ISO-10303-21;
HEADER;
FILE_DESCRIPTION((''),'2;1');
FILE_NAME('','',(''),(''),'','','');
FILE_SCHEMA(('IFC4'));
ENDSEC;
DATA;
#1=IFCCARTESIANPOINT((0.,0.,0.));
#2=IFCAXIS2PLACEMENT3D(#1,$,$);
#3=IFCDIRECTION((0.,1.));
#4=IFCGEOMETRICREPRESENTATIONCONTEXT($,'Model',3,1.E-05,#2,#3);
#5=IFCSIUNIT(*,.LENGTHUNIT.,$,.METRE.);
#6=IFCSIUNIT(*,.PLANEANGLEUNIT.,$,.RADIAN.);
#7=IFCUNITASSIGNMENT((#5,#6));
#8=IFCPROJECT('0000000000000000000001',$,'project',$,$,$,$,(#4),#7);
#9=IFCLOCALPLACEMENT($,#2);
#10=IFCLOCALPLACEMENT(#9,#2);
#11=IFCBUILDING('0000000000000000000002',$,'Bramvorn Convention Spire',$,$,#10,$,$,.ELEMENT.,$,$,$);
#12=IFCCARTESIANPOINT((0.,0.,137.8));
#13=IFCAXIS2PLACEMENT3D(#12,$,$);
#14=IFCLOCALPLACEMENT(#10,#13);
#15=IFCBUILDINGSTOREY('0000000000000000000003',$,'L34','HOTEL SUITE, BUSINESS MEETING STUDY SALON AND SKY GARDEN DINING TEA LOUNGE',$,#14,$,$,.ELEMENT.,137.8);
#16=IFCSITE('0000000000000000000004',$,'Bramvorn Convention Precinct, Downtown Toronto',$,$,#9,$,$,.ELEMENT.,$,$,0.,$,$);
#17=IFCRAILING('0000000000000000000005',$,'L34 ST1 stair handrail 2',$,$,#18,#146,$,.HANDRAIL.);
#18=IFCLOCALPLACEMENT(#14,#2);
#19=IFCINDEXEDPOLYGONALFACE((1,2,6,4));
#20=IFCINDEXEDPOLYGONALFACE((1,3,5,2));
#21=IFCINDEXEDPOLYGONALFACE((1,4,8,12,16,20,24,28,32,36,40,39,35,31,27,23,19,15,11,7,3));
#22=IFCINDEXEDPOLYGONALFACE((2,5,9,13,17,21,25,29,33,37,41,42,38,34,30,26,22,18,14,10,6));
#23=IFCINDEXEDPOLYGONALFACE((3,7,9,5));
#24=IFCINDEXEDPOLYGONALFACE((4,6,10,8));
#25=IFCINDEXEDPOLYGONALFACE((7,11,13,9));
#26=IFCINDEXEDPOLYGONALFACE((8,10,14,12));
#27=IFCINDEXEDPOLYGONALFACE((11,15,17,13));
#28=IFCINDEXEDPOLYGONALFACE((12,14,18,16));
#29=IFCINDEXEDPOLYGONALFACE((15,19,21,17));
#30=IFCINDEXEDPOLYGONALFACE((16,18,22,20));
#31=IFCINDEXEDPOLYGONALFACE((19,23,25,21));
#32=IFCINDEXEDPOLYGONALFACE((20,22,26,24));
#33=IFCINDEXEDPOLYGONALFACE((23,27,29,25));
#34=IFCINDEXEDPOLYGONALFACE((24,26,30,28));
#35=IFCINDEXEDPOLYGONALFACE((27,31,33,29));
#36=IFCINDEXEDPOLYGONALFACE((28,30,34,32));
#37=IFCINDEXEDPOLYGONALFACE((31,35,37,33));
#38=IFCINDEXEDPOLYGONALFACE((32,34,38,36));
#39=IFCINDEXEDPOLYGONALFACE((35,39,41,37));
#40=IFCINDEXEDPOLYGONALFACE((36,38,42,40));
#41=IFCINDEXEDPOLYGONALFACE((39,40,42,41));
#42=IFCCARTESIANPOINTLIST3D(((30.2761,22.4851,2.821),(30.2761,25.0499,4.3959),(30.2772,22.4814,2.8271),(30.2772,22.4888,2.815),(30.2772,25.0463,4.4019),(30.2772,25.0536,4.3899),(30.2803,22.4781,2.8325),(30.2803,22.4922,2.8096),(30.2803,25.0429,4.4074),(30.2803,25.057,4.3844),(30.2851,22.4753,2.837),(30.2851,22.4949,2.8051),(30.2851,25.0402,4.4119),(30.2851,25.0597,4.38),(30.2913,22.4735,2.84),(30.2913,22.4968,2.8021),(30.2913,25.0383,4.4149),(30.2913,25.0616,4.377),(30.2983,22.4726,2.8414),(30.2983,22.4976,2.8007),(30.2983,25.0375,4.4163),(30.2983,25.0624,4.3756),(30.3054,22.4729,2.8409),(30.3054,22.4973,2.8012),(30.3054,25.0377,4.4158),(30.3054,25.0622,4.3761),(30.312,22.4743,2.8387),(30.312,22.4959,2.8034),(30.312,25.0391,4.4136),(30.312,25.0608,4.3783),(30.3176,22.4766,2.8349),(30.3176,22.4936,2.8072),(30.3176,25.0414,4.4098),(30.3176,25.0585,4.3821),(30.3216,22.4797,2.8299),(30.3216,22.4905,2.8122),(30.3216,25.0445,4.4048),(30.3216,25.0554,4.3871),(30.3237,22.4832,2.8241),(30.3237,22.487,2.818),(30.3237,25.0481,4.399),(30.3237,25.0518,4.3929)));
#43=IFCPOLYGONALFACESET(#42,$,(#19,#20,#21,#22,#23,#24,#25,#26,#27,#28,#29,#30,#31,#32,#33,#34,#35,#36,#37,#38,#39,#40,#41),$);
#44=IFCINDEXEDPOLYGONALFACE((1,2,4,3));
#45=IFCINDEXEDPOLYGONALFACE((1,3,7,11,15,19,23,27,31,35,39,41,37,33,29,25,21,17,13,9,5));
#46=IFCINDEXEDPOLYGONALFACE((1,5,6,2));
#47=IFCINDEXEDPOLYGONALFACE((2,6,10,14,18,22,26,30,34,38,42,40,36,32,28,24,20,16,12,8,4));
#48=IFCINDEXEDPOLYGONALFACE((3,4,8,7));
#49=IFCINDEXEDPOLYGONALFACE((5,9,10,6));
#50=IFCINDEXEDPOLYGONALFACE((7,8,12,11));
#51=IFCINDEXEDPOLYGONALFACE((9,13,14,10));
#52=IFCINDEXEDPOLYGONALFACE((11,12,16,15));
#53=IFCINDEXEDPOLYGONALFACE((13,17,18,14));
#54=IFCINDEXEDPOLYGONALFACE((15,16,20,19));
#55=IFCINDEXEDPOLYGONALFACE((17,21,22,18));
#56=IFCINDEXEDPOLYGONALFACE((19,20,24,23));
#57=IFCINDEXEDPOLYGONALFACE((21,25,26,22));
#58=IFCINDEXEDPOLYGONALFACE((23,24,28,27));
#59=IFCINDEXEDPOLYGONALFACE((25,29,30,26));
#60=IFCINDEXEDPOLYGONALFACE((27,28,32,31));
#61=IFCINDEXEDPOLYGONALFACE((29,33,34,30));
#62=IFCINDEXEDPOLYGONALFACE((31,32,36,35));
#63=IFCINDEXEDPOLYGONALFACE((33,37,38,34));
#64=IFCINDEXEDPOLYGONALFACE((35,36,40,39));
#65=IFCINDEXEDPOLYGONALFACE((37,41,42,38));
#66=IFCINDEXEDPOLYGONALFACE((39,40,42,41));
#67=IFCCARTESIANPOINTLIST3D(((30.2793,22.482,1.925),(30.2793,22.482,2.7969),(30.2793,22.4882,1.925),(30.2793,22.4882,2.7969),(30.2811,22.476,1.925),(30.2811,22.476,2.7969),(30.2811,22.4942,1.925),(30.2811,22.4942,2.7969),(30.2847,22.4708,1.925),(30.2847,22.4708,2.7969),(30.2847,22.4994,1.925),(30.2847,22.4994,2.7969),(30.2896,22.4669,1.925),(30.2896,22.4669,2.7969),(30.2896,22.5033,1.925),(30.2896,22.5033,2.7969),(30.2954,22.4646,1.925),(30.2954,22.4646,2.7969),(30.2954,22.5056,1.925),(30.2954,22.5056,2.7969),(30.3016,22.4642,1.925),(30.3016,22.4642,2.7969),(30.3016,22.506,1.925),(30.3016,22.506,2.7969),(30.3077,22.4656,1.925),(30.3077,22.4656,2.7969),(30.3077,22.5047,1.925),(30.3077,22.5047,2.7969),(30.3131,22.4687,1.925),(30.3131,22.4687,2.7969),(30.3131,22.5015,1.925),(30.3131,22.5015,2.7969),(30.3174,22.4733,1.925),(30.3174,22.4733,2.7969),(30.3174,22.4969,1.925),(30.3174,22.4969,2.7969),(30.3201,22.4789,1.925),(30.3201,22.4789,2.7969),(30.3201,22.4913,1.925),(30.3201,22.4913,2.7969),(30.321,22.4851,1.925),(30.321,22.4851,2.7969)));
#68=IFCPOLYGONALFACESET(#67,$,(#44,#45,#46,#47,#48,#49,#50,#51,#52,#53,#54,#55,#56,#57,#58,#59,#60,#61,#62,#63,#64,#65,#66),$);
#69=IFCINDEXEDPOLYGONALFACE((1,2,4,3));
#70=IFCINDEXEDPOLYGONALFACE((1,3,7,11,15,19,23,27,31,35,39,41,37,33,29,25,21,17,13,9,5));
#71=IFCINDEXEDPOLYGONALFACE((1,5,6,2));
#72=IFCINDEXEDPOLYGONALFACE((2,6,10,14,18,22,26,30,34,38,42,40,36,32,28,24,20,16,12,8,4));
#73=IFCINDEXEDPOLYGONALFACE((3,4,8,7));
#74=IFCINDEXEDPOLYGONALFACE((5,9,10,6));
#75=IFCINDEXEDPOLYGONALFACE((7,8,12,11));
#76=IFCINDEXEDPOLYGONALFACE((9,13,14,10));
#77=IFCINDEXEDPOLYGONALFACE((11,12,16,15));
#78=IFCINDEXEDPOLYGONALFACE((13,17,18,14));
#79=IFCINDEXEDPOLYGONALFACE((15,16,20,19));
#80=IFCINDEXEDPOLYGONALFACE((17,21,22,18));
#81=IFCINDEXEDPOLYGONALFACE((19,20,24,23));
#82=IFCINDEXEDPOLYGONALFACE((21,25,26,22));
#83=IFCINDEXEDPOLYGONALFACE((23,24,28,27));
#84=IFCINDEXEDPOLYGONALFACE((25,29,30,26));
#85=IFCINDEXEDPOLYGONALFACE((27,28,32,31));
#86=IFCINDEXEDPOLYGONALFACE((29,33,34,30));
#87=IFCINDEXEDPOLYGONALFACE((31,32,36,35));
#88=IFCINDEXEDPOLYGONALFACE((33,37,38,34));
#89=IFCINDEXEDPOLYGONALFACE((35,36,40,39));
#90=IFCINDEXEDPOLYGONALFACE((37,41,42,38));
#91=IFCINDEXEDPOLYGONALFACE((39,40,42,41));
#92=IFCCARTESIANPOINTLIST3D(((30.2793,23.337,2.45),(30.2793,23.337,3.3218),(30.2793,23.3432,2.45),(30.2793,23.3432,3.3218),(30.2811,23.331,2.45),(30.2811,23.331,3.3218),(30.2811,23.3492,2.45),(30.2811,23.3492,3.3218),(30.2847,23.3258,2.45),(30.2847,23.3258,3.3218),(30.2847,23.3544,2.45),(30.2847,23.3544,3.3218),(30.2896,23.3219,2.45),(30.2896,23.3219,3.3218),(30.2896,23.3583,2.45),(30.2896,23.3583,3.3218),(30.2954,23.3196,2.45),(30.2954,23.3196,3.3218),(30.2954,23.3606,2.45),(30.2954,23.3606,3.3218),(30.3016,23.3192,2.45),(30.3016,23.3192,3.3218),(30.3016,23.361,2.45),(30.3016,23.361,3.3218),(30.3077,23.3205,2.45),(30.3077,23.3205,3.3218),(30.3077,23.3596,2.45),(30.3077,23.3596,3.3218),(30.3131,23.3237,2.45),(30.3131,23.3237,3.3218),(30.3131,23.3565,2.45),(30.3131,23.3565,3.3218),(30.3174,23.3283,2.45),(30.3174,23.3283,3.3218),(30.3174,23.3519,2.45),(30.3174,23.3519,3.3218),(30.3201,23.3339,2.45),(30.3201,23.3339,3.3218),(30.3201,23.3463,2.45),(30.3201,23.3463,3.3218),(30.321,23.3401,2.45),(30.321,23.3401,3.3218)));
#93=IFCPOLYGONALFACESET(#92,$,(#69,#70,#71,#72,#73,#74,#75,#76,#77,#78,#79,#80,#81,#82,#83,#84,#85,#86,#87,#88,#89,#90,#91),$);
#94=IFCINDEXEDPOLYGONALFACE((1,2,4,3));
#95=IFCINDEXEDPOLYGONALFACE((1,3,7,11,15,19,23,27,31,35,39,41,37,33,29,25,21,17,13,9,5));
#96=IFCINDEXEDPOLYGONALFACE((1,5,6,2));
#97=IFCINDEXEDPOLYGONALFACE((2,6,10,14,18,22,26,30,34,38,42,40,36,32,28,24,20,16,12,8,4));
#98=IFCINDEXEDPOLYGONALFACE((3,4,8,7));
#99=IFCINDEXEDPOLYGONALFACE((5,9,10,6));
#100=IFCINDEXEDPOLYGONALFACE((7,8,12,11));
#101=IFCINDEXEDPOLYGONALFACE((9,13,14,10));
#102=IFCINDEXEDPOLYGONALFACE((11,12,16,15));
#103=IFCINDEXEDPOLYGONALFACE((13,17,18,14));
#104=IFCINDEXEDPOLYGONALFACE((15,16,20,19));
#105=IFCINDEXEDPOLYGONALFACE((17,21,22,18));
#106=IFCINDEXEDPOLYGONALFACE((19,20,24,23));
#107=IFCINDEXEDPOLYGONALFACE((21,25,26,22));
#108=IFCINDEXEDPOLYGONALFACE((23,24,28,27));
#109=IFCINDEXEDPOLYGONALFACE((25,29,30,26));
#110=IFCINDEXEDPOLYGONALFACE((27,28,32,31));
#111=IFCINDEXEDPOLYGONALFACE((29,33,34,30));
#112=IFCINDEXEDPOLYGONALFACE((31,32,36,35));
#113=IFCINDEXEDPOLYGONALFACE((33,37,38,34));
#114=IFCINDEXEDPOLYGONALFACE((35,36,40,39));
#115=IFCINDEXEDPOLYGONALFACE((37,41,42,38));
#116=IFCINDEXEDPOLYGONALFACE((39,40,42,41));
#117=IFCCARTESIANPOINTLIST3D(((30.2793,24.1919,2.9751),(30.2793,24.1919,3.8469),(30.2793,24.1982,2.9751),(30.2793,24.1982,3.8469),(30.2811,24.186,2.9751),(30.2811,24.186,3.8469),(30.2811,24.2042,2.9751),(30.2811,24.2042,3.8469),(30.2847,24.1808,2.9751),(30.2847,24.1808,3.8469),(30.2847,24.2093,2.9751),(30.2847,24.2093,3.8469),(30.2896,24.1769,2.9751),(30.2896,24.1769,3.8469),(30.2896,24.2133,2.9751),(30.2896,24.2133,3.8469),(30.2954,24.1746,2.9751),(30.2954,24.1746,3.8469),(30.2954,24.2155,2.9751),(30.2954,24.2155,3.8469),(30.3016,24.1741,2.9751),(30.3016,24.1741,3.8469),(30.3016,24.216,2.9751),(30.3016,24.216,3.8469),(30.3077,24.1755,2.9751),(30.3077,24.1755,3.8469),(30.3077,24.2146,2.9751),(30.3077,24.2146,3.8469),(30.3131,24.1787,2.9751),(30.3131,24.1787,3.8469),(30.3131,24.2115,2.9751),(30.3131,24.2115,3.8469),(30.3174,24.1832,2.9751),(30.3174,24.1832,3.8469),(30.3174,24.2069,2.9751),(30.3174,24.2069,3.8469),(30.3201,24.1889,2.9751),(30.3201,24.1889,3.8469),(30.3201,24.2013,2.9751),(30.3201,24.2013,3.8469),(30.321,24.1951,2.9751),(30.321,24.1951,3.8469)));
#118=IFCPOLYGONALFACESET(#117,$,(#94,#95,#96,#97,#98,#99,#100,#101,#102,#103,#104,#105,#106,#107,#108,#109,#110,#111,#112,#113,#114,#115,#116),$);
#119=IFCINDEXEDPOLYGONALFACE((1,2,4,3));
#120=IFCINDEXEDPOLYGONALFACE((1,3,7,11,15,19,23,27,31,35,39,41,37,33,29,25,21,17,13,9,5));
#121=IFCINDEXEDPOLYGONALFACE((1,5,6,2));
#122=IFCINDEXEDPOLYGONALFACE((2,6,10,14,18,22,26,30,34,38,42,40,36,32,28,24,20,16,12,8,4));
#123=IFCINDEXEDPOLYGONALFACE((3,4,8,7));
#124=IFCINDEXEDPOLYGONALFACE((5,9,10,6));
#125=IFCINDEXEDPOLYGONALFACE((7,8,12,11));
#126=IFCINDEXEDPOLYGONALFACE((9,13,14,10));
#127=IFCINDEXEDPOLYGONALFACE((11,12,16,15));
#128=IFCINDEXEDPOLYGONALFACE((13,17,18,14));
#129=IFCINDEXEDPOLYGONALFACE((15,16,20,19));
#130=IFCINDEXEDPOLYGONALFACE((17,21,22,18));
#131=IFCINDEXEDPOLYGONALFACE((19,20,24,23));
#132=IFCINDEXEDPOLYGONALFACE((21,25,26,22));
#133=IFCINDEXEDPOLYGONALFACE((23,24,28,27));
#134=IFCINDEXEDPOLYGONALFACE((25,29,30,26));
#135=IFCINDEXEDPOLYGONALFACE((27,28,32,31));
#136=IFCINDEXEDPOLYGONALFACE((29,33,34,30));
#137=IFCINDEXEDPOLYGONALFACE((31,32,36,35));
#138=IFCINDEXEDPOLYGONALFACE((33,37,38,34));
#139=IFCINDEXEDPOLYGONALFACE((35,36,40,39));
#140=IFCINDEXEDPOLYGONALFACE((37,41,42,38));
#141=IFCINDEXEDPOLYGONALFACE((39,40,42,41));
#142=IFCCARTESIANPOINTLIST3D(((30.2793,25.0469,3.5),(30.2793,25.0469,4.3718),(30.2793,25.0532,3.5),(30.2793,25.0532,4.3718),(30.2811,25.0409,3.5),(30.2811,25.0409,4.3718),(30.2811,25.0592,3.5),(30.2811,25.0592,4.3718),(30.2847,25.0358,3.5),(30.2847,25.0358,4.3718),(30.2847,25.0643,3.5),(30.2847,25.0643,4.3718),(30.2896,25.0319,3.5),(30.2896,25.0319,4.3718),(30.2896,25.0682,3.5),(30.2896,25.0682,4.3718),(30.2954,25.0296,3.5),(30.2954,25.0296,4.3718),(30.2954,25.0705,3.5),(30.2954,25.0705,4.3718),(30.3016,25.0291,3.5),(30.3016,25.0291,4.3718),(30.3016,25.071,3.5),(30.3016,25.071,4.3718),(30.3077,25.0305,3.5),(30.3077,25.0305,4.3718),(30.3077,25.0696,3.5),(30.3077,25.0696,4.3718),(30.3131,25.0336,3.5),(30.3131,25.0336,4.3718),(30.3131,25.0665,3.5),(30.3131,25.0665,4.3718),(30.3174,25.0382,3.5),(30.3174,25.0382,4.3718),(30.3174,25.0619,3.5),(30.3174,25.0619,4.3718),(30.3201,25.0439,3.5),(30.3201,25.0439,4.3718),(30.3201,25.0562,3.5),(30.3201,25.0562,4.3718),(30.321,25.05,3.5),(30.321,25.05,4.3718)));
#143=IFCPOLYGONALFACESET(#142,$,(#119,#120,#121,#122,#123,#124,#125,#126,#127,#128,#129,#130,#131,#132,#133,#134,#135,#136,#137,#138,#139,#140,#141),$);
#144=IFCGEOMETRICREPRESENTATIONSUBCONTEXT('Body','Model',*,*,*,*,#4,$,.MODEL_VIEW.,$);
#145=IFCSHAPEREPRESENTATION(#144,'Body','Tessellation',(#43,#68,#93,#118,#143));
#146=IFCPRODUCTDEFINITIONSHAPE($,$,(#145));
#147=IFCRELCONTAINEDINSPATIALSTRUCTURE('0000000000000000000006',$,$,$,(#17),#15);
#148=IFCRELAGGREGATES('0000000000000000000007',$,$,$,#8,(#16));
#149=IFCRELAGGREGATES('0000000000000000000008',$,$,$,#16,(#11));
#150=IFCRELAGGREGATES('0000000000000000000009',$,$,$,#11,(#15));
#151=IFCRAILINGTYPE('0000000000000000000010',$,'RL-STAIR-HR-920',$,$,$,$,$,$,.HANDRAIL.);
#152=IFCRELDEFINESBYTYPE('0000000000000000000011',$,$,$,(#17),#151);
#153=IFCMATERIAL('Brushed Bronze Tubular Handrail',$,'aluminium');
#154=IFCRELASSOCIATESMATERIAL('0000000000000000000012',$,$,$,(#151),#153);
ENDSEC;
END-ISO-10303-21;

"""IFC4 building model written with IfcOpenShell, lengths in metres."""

from ifc_helpers import new_model, si_unit, direction, frame, origin, origin_2d, place, context, subcontext, project, spatial, circle, extrude, material, type_object, element, save


model = new_model("IFC4")

# Units and contexts
model_context = context("Model", 3, precision=1e-05, world=origin(), true_north=direction((0.0, 1.0)))
body_context = subcontext(model_context, "Body", "Model", "MODEL_VIEW")
ifc_project = project(units=[si_unit("LENGTHUNIT", "METRE"), si_unit("PLANEANGLEUNIT", "RADIAN")], contexts=[model_context])

# Site, building, storey
site_placement = place(None, origin())
site = spatial("IfcSite", under=ifc_project, at=site_placement, Name="Bramvorn Convention Precinct, Downtown Toronto", CompositionType="ELEMENT", RefElevation=0.0)
building_placement = place(site_placement, origin())
building = spatial("IfcBuilding", under=site, at=building_placement, Name="Bramvorn Convention Spire", CompositionType="ELEMENT")
storey_placement = place(building_placement, frame((0.0, 0.0, 137.8)))
storey = spatial("IfcBuildingStorey", under=building, at=storey_placement, Name="L34", Description="HOTEL SUITE, BUSINESS MEETING STUDY SALON AND SKY GARDEN DINING TEA LOUNGE", CompositionType="ELEMENT", Elevation=137.8)

# Railing
ifc_material_1 = material(Name="Brushed Bronze Tubular Handrail", Category="aluminium")
railing_type_1 = type_object("IfcRailingType", Name="RL-STAIR-HR-920", PredefinedType="HANDRAIL", material=ifc_material_1)
railing_1_placement = place(storey_placement, frame((30.3, 22.4851, 1.925)))
element("IfcRailing", 1, at=railing_1_placement, inside=storey, type_object=railing_type_1, Name="L34 ST1 stair handrail 2", PredefinedType="HANDRAIL", context=body_context, shape_type="SweptSolid", body=[
    extrude(circle(Radius=0.0239, at=origin_2d()), frame((0.0, 0.0, 0.896), z_axis=(0.0, 0.852173, 0.52326), x_axis=(-1.0, 0.0, 0.0)), (0.0, 0.0, 1.0), 3.0098),
    extrude(circle(Radius=0.021, at=origin_2d()), origin(), (0.0, 0.0, 1.0), 0.8718),
    extrude(circle(Radius=0.021, at=origin_2d()), frame((0.0, 0.855, 0.5249)), (0.0, 0.0, 1.0), 0.8718),
    extrude(circle(Radius=0.021, at=origin_2d()), frame((0.0, 1.71, 1.05)), (0.0, 0.0, 1.0), 0.8718),
    extrude(circle(Radius=0.021, at=origin_2d()), frame((0.0, 2.5649, 1.575)), (0.0, 0.0, 1.0), 0.8718),
])

save(model, "model.ifc")
